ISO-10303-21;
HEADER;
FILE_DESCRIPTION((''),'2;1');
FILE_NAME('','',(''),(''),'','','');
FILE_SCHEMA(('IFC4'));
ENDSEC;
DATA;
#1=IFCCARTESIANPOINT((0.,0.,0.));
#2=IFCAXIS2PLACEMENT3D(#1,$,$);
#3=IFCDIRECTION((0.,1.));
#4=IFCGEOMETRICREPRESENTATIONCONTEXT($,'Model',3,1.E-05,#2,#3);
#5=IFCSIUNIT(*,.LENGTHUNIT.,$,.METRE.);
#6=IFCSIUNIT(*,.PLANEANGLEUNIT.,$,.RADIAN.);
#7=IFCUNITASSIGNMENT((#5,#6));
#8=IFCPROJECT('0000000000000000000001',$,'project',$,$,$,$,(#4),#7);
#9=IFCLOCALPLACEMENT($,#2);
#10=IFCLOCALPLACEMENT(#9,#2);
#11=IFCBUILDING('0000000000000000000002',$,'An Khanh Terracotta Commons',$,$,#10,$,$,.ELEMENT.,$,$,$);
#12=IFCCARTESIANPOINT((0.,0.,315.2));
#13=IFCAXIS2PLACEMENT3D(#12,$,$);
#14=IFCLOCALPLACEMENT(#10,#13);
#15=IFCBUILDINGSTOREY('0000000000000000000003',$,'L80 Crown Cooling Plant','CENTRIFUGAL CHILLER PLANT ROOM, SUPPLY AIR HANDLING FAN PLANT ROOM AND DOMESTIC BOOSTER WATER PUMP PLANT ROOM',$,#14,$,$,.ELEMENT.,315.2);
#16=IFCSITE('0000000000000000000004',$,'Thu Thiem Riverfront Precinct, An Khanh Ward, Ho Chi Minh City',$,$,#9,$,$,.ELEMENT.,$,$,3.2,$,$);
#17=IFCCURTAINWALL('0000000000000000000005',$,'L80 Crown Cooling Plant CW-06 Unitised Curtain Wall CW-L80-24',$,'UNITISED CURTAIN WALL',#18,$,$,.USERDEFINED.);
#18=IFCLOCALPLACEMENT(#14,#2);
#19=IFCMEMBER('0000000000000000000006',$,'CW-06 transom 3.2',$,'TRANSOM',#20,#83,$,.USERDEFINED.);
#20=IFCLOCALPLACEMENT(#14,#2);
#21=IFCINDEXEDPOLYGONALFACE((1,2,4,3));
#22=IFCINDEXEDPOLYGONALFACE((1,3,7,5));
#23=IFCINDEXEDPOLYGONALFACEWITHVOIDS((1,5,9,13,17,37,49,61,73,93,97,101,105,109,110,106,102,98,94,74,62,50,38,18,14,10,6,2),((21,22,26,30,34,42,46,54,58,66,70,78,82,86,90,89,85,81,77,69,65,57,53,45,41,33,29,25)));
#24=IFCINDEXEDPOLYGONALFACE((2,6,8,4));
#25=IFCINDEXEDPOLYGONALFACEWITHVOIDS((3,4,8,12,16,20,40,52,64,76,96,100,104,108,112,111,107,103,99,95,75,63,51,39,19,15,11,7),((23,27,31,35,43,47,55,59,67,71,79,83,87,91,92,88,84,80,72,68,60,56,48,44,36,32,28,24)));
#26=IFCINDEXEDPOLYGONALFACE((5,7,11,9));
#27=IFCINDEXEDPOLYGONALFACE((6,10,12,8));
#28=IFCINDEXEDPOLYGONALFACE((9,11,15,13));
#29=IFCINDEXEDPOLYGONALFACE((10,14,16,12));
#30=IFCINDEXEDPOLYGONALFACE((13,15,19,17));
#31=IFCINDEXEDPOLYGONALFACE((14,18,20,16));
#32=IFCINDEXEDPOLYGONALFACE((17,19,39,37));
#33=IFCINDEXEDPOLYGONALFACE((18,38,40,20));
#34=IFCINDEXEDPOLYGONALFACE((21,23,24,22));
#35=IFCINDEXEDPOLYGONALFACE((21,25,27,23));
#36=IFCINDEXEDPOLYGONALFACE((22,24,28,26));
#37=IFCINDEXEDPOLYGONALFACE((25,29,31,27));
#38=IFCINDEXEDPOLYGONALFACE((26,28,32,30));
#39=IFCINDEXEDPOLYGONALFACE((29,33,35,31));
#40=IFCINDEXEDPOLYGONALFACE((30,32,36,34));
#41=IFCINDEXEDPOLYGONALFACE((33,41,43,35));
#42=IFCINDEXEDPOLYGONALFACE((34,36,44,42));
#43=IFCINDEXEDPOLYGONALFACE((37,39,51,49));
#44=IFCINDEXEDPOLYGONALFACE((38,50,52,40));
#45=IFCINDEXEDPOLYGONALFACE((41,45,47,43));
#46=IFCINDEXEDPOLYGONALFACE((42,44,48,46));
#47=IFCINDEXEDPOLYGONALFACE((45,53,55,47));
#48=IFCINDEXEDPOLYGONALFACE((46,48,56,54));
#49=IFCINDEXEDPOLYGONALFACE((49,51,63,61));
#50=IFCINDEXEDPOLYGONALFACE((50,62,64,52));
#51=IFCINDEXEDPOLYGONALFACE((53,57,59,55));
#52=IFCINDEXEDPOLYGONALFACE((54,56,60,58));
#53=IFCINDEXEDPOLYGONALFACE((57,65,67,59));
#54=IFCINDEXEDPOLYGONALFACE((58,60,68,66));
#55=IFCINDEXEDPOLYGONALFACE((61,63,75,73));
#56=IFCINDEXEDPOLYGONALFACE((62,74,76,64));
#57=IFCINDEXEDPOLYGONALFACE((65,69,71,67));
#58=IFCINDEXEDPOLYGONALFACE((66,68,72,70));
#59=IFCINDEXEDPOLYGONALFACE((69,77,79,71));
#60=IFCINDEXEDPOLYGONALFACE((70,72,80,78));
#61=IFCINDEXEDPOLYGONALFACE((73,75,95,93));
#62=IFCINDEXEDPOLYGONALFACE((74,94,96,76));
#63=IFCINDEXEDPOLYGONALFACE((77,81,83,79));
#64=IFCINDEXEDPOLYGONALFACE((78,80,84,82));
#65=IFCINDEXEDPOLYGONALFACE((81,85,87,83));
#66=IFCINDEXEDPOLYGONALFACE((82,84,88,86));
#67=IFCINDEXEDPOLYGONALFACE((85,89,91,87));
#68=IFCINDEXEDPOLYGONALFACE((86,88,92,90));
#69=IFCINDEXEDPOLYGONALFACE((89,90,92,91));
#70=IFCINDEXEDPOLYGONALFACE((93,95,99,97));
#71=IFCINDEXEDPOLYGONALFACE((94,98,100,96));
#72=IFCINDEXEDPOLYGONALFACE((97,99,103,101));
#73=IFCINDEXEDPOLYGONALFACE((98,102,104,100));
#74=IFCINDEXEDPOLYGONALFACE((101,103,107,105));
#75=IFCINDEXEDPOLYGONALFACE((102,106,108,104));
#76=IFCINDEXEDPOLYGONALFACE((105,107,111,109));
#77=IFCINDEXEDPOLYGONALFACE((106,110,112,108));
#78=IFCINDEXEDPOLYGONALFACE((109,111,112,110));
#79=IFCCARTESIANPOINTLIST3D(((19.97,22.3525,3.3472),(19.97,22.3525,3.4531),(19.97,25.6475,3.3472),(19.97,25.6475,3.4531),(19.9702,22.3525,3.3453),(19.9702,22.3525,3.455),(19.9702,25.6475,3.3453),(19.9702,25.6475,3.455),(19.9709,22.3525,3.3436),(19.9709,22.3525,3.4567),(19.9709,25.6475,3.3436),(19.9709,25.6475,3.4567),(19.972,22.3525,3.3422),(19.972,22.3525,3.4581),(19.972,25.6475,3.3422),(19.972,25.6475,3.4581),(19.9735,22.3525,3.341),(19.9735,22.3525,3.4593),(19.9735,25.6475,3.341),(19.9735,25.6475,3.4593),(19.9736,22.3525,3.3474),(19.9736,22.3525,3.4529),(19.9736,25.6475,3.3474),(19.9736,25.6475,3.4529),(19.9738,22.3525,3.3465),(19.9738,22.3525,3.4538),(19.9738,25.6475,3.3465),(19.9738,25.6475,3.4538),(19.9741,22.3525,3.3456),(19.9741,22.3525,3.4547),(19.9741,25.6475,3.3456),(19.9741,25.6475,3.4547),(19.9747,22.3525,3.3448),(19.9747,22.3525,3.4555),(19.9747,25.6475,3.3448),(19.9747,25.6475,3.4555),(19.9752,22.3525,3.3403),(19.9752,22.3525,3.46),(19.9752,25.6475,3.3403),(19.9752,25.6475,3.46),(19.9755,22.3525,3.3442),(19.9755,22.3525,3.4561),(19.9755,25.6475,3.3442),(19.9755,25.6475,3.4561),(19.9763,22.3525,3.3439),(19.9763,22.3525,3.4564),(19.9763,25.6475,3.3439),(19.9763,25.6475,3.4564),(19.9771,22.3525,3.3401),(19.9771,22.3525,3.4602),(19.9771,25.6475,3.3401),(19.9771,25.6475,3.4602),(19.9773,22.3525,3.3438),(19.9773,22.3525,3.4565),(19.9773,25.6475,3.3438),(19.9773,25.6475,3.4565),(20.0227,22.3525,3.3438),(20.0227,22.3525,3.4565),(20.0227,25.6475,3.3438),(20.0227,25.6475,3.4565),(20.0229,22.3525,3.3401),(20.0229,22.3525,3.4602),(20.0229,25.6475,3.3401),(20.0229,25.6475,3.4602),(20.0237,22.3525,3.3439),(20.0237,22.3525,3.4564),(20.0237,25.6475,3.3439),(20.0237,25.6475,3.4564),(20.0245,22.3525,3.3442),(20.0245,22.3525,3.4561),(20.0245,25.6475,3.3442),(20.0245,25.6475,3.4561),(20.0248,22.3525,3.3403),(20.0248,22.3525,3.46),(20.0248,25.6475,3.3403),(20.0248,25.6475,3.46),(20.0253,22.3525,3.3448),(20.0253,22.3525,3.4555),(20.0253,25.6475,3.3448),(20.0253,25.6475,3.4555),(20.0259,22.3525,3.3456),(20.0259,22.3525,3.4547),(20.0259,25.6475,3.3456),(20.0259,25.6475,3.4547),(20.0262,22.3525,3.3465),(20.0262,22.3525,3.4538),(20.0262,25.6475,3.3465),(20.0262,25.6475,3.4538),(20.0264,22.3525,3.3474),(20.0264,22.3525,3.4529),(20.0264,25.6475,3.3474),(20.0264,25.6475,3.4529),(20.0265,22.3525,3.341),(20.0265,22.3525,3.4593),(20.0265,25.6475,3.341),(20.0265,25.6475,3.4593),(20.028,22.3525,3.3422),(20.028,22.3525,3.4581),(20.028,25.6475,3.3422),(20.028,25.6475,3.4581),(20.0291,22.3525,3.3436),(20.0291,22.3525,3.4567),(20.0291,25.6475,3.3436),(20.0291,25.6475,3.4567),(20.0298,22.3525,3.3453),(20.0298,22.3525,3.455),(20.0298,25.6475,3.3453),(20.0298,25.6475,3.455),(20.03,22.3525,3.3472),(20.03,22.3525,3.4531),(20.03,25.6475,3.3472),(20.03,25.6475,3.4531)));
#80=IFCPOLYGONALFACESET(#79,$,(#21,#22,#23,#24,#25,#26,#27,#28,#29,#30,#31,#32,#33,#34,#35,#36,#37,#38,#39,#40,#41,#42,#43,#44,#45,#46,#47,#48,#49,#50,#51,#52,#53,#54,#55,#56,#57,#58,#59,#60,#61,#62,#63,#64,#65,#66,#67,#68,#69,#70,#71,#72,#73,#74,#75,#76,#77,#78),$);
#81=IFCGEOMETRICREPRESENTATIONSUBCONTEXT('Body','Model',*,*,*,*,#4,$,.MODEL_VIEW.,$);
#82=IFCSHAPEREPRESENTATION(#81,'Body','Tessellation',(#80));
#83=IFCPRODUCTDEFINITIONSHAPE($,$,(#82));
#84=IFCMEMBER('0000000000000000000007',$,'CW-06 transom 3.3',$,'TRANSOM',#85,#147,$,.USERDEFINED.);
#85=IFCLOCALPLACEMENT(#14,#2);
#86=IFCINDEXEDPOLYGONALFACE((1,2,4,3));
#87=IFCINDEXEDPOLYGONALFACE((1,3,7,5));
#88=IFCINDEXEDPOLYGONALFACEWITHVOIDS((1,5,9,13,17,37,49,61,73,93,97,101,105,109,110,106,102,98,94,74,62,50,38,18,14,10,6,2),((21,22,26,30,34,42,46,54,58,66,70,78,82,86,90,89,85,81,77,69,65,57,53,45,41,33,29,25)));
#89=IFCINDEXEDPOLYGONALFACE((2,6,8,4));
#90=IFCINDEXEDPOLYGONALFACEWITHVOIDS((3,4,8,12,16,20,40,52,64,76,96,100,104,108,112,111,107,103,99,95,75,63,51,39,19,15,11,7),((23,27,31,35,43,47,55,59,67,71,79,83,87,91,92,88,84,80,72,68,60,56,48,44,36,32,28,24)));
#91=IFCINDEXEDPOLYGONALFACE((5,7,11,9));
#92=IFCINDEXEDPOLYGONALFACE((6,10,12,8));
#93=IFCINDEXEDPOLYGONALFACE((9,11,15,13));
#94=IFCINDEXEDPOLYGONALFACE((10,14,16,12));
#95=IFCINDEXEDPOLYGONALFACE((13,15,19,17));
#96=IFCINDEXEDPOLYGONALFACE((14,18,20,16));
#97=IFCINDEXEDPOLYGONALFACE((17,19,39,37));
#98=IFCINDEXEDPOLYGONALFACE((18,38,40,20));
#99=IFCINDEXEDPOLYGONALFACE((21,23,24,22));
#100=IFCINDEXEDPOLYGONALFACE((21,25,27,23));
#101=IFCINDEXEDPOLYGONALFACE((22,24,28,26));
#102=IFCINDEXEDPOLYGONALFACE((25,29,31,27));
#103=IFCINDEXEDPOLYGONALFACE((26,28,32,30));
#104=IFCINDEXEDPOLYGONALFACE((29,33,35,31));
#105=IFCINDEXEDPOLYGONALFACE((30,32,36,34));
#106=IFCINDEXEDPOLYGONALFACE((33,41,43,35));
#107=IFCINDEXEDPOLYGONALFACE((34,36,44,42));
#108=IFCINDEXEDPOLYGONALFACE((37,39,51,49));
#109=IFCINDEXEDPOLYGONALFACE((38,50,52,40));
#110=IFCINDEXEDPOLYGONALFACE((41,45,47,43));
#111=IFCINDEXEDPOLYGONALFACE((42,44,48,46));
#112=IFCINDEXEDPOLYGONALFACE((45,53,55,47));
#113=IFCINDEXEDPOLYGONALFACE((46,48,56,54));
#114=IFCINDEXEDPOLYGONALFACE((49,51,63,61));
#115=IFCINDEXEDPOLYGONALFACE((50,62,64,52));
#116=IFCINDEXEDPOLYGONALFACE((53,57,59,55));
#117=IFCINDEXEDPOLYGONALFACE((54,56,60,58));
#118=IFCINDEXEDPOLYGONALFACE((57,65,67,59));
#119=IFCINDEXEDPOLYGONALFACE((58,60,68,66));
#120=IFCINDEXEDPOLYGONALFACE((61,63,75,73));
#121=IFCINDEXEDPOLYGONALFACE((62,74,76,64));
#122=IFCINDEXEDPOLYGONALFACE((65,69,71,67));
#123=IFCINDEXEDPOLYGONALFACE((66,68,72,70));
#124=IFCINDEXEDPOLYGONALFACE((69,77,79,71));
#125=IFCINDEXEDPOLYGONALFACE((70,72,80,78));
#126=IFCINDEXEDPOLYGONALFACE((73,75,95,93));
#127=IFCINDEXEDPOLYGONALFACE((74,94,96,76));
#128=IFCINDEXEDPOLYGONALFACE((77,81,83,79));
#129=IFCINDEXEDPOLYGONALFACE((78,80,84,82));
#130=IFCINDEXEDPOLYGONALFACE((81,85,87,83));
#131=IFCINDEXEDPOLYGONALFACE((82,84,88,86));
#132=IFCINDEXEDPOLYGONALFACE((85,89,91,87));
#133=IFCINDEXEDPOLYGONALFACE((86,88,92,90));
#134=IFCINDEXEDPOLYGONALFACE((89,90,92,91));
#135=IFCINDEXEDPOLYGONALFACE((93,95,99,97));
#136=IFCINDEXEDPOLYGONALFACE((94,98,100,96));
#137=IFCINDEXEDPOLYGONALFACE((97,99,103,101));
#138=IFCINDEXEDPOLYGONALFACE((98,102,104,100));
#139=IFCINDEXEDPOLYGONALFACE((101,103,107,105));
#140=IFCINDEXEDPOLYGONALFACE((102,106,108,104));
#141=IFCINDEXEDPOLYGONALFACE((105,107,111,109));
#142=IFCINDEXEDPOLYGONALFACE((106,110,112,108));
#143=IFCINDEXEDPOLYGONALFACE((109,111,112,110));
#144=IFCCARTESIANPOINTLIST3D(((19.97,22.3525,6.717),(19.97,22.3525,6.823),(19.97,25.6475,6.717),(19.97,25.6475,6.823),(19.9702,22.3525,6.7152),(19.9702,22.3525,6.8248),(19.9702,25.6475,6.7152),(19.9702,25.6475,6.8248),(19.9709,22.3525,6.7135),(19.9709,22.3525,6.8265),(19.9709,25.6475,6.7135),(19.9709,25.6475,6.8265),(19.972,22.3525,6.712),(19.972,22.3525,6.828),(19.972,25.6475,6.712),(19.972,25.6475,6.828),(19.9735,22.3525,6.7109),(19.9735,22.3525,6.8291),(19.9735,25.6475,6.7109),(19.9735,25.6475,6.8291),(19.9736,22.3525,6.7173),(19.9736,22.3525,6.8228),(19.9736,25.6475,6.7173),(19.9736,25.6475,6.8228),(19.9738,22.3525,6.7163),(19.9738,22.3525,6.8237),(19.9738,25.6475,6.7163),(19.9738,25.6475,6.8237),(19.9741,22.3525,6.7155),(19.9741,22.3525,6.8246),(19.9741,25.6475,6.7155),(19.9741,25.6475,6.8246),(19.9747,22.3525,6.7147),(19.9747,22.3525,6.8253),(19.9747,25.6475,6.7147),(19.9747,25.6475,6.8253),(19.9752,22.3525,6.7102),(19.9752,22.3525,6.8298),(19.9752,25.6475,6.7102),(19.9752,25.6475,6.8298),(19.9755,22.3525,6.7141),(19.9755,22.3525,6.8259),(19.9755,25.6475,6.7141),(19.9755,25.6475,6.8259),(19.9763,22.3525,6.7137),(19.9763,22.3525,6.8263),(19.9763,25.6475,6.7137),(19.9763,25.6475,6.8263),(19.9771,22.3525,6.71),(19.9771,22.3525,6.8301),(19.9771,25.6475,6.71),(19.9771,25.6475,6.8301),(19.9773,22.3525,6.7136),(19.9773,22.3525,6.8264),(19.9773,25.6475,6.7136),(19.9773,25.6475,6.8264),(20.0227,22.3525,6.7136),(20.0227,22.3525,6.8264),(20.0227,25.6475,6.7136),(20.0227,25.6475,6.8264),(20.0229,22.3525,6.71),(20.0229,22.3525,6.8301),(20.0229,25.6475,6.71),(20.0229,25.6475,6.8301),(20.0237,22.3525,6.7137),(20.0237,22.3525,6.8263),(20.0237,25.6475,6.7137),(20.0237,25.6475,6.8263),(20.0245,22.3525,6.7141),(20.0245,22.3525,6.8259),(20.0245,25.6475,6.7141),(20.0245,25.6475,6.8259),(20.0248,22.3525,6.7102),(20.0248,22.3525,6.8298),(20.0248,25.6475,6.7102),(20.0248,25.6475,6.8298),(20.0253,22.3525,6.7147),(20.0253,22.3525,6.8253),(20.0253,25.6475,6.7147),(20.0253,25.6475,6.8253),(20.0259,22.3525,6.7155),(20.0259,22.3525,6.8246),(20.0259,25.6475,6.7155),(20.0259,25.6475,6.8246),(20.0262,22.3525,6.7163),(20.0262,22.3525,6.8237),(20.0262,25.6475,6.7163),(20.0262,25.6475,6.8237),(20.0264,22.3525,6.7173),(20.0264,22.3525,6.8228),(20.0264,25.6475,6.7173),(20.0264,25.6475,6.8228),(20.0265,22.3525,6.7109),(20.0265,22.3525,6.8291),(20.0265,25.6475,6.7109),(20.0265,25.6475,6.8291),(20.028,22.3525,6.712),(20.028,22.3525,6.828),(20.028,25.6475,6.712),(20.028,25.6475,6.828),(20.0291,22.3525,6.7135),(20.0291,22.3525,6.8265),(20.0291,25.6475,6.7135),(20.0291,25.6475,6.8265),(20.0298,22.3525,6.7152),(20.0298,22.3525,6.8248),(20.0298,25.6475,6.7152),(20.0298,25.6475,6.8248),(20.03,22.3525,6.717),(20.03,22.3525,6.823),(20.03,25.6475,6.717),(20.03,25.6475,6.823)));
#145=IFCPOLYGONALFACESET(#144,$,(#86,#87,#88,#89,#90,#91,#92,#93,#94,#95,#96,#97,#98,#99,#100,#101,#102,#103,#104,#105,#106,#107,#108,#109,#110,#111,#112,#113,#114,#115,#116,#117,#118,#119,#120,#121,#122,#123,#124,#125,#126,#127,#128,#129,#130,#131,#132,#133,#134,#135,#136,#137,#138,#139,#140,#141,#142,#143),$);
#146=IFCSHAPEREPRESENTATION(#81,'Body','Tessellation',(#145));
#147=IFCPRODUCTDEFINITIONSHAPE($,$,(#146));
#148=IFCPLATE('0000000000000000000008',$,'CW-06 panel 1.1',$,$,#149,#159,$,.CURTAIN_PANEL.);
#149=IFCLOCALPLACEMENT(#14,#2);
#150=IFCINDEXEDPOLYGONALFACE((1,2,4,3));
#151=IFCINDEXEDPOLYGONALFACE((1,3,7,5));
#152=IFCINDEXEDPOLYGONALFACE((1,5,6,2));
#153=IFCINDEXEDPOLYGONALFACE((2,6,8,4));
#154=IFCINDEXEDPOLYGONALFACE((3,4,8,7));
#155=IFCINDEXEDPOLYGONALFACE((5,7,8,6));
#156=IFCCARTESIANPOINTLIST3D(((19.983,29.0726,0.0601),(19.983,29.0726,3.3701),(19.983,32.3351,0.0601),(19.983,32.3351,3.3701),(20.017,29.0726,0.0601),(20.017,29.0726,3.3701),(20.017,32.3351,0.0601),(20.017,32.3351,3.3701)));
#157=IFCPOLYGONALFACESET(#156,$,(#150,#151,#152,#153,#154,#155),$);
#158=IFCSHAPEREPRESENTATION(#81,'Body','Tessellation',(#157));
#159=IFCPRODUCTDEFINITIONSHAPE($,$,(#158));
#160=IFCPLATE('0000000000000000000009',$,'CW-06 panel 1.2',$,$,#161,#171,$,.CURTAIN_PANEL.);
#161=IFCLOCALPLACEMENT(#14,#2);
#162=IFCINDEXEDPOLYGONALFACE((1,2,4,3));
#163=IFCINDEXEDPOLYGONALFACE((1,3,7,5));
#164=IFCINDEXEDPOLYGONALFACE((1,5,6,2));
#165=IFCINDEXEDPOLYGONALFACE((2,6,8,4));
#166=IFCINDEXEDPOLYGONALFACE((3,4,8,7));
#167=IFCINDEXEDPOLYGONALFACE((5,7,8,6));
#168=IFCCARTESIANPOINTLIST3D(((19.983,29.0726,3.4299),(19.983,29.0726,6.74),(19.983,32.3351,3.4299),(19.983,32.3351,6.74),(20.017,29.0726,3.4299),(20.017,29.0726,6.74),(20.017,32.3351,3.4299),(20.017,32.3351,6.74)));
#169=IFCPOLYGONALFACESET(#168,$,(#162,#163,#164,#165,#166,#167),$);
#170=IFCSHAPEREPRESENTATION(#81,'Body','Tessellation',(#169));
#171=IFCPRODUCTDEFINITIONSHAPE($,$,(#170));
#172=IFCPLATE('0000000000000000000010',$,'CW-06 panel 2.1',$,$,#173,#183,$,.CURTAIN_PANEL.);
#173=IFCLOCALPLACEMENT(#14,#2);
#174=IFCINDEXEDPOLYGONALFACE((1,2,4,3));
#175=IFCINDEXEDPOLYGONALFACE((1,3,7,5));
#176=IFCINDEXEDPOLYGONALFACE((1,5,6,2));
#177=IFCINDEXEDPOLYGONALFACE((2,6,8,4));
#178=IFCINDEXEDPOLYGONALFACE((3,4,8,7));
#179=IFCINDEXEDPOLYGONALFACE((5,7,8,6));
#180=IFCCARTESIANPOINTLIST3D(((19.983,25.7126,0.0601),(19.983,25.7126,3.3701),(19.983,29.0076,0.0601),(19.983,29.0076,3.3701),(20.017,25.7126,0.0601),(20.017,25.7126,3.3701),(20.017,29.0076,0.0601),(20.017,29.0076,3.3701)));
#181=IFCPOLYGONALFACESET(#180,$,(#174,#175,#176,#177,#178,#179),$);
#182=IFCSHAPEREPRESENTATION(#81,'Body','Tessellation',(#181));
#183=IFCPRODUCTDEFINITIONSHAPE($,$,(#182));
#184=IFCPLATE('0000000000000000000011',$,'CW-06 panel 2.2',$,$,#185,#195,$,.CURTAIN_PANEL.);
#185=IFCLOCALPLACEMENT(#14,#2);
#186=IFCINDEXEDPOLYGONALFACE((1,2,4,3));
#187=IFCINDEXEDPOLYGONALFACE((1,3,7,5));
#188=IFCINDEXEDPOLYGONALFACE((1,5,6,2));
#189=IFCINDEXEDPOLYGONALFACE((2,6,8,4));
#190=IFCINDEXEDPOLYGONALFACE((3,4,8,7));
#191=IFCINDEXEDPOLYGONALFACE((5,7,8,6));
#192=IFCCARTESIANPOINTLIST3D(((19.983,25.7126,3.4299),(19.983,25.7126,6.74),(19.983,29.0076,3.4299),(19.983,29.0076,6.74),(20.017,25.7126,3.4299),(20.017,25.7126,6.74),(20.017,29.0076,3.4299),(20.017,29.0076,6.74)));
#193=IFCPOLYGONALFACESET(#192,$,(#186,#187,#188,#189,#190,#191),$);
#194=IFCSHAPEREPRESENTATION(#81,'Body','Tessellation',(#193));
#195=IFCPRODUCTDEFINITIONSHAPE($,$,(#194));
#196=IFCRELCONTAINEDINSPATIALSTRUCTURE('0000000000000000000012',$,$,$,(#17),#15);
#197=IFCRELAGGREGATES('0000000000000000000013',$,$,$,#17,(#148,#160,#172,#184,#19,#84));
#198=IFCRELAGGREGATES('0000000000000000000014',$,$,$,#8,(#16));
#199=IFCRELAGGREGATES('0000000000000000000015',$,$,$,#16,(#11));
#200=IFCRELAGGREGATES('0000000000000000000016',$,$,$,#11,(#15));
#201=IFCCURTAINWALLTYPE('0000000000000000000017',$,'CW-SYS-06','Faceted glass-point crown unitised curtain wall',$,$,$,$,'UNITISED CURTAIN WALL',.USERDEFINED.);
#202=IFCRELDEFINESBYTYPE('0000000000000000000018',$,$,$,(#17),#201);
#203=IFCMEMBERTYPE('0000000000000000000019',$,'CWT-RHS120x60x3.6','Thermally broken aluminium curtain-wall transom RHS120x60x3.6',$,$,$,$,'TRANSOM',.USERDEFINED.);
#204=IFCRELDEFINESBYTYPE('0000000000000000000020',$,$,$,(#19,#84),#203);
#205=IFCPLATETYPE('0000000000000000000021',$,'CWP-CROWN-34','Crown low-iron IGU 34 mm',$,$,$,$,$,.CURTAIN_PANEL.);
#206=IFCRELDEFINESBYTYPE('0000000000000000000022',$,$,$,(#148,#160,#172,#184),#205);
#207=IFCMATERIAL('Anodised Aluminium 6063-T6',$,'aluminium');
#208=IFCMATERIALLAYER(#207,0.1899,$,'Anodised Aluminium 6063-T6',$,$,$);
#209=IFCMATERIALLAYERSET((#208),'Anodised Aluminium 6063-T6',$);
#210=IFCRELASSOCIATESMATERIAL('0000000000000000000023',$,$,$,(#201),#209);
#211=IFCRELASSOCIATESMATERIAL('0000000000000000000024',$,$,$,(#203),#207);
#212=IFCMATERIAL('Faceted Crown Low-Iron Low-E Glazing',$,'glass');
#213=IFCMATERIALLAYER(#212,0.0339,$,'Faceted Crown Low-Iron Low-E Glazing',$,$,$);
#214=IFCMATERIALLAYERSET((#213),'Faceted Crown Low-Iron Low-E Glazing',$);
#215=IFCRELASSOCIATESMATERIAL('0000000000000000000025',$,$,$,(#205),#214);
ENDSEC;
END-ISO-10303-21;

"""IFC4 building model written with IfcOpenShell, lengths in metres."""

from ifc_helpers import new_model, si_unit, direction, frame, origin, origin_2d, place, context, subcontext, project, spatial, rectangle, hollow_rectangle, extrude, material, layer, layer_set, material_profile, profile_set, type_object, element, aggregate, save


model = new_model("IFC4")

# Units and contexts
model_context = context("Model", 3, precision=1e-05, world=origin(), true_north=direction((0.0, 1.0)))
body_context = subcontext(model_context, "Body", "Model", "MODEL_VIEW")
ifc_project = project(units=[si_unit("LENGTHUNIT", "METRE"), si_unit("PLANEANGLEUNIT", "RADIAN")], contexts=[model_context])

# Site, building, storey
site_placement = place(None, origin())
site = spatial("IfcSite", under=ifc_project, at=site_placement, Name="Thu Thiem Riverfront Precinct, An Khanh Ward, Ho Chi Minh City", CompositionType="ELEMENT", RefElevation=3.2)
building_placement = place(site_placement, origin())
building = spatial("IfcBuilding", under=site, at=building_placement, Name="An Khanh Terracotta Commons", CompositionType="ELEMENT")
storey_placement = place(building_placement, frame((0.0, 0.0, 315.2)))
storey = spatial("IfcBuildingStorey", under=building, at=storey_placement, Name="L80 Crown Cooling Plant", Description="CENTRIFUGAL CHILLER PLANT ROOM, SUPPLY AIR HANDLING FAN PLANT ROOM AND DOMESTIC BOOSTER WATER PUMP PLANT ROOM", CompositionType="ELEMENT", Elevation=315.2)

# Curtain wall, members, plates
ifc_material_1 = material(Name="Anodised Aluminium 6063-T6", Category="aluminium")
ifc_layer_1 = layer(ifc_material_1, 0.1899, Name="Anodised Aluminium 6063-T6")
ifc_layer_set_1 = layer_set([ifc_layer_1], Name="Anodised Aluminium 6063-T6")
curtain_wall_type = type_object("IfcCurtainWallType", Name="CW-SYS-06", Description="Faceted glass-point crown unitised curtain wall", ElementType="UNITISED CURTAIN WALL", PredefinedType="USERDEFINED", material=ifc_layer_set_1)
curtain_wall_placement = place(storey_placement, origin())
curtain_wall = element("IfcCurtainWall", 1, at=curtain_wall_placement, inside=storey, type_object=curtain_wall_type, Name="L80 Crown Cooling Plant CW-06 Unitised Curtain Wall CW-L80-24", ObjectType="UNITISED CURTAIN WALL", PredefinedType="USERDEFINED")
ifc_material_profile_1 = material_profile(ifc_material_1, hollow_rectangle(XDim=0.0601, YDim=0.1201, WallThickness=0.0037, InnerFilletRadius=0.0037, OuterFilletRadius=0.0071, at=origin_2d()), Name="RHS120x60x3.6")
ifc_profile_set_1 = profile_set([ifc_material_profile_1], Name="Anodised Aluminium 6063-T6")
member_type_1 = type_object("IfcMemberType", Name="CWT-RHS120x60x3.6", Description="Thermally broken aluminium curtain-wall transom RHS120x60x3.6", ElementType="TRANSOM", PredefinedType="USERDEFINED", material=ifc_profile_set_1)
member_1_placement = place(storey_placement, frame((20.0, 25.6475, 3.4001), z_axis=(0.0, -1.0, 0.0), x_axis=(1.0, 0.0, 0.0)))
member_1 = element("IfcMember", 2, at=member_1_placement, type_object=member_type_1, Name="CW-06 transom 3.2", ObjectType="TRANSOM", PredefinedType="USERDEFINED", context=body_context, shape_type="SweptSolid", body=[
    extrude(hollow_rectangle(XDim=0.0601, YDim=0.1201, WallThickness=0.0037, InnerFilletRadius=0.0037, OuterFilletRadius=0.0071, at=origin_2d()), origin(), (0.0, 0.0, 1.0), 3.2949),
])
member_2_placement = place(storey_placement, frame((20.0, 25.6475, 6.77), z_axis=(0.0, -1.0, 0.0), x_axis=(1.0, 0.0, 0.0)))
member_2 = element("IfcMember", 3, at=member_2_placement, type_object=member_type_1, Name="CW-06 transom 3.3", ObjectType="TRANSOM", PredefinedType="USERDEFINED", context=body_context, shape_type="SweptSolid", body=[
    extrude(hollow_rectangle(XDim=0.0601, YDim=0.1201, WallThickness=0.0037, InnerFilletRadius=0.0037, OuterFilletRadius=0.0071, at=origin_2d()), origin(), (0.0, 0.0, 1.0), 3.2949),
])
ifc_material_2 = material(Name="Faceted Crown Low-Iron Low-E Glazing", Category="glass")
ifc_layer_2 = layer(ifc_material_2, 0.0339, Name="Faceted Crown Low-Iron Low-E Glazing")
ifc_layer_set_2 = layer_set([ifc_layer_2], Name="Faceted Crown Low-Iron Low-E Glazing")
plate_type = type_object("IfcPlateType", Name="CWP-CROWN-34", Description="Crown low-iron IGU 34 mm", PredefinedType="CURTAIN_PANEL", material=ifc_layer_set_2)
plate_1_placement = place(storey_placement, frame((20.0, 30.7039, 0.0601), z_axis=(0.0, 0.0, 1.0), x_axis=(0.0, -1.0, 0.0)))
plate_1 = element("IfcPlate", 4, at=plate_1_placement, type_object=plate_type, Name="CW-06 panel 1.1", PredefinedType="CURTAIN_PANEL", context=body_context, shape_type="SweptSolid", body=[
    extrude(rectangle(XDim=3.2625, YDim=0.0339, at=origin_2d()), origin(), (0.0, 0.0, 1.0), 3.3101),
])
plate_2_placement = place(storey_placement, frame((20.0, 30.7039, 3.4299), z_axis=(0.0, 0.0, 1.0), x_axis=(0.0, -1.0, 0.0)))
plate_2 = element("IfcPlate", 5, at=plate_2_placement, type_object=plate_type, Name="CW-06 panel 1.2", PredefinedType="CURTAIN_PANEL", context=body_context, shape_type="SweptSolid", body=[
    extrude(rectangle(XDim=3.2625, YDim=0.0339, at=origin_2d()), origin(), (0.0, 0.0, 1.0), 3.3101),
])
plate_3_placement = place(storey_placement, frame((20.0, 27.3601, 0.0601), z_axis=(0.0, 0.0, 1.0), x_axis=(0.0, -1.0, 0.0)))
plate_3 = element("IfcPlate", 6, at=plate_3_placement, type_object=plate_type, Name="CW-06 panel 2.1", PredefinedType="CURTAIN_PANEL", context=body_context, shape_type="SweptSolid", body=[
    extrude(rectangle(XDim=3.2949, YDim=0.0339, at=origin_2d()), origin(), (0.0, 0.0, 1.0), 3.3101),
])
plate_4_placement = place(storey_placement, frame((20.0, 27.3601, 3.4299), z_axis=(0.0, 0.0, 1.0), x_axis=(0.0, -1.0, 0.0)))
plate_4 = element("IfcPlate", 7, at=plate_4_placement, type_object=plate_type, Name="CW-06 panel 2.2", PredefinedType="CURTAIN_PANEL", context=body_context, shape_type="SweptSolid", body=[
    extrude(rectangle(XDim=3.2949, YDim=0.0339, at=origin_2d()), origin(), (0.0, 0.0, 1.0), 3.3101),
])
aggregate(curtain_wall, [plate_1, plate_2, plate_3, plate_4, member_1, member_2])

save(model, "model.ifc")
